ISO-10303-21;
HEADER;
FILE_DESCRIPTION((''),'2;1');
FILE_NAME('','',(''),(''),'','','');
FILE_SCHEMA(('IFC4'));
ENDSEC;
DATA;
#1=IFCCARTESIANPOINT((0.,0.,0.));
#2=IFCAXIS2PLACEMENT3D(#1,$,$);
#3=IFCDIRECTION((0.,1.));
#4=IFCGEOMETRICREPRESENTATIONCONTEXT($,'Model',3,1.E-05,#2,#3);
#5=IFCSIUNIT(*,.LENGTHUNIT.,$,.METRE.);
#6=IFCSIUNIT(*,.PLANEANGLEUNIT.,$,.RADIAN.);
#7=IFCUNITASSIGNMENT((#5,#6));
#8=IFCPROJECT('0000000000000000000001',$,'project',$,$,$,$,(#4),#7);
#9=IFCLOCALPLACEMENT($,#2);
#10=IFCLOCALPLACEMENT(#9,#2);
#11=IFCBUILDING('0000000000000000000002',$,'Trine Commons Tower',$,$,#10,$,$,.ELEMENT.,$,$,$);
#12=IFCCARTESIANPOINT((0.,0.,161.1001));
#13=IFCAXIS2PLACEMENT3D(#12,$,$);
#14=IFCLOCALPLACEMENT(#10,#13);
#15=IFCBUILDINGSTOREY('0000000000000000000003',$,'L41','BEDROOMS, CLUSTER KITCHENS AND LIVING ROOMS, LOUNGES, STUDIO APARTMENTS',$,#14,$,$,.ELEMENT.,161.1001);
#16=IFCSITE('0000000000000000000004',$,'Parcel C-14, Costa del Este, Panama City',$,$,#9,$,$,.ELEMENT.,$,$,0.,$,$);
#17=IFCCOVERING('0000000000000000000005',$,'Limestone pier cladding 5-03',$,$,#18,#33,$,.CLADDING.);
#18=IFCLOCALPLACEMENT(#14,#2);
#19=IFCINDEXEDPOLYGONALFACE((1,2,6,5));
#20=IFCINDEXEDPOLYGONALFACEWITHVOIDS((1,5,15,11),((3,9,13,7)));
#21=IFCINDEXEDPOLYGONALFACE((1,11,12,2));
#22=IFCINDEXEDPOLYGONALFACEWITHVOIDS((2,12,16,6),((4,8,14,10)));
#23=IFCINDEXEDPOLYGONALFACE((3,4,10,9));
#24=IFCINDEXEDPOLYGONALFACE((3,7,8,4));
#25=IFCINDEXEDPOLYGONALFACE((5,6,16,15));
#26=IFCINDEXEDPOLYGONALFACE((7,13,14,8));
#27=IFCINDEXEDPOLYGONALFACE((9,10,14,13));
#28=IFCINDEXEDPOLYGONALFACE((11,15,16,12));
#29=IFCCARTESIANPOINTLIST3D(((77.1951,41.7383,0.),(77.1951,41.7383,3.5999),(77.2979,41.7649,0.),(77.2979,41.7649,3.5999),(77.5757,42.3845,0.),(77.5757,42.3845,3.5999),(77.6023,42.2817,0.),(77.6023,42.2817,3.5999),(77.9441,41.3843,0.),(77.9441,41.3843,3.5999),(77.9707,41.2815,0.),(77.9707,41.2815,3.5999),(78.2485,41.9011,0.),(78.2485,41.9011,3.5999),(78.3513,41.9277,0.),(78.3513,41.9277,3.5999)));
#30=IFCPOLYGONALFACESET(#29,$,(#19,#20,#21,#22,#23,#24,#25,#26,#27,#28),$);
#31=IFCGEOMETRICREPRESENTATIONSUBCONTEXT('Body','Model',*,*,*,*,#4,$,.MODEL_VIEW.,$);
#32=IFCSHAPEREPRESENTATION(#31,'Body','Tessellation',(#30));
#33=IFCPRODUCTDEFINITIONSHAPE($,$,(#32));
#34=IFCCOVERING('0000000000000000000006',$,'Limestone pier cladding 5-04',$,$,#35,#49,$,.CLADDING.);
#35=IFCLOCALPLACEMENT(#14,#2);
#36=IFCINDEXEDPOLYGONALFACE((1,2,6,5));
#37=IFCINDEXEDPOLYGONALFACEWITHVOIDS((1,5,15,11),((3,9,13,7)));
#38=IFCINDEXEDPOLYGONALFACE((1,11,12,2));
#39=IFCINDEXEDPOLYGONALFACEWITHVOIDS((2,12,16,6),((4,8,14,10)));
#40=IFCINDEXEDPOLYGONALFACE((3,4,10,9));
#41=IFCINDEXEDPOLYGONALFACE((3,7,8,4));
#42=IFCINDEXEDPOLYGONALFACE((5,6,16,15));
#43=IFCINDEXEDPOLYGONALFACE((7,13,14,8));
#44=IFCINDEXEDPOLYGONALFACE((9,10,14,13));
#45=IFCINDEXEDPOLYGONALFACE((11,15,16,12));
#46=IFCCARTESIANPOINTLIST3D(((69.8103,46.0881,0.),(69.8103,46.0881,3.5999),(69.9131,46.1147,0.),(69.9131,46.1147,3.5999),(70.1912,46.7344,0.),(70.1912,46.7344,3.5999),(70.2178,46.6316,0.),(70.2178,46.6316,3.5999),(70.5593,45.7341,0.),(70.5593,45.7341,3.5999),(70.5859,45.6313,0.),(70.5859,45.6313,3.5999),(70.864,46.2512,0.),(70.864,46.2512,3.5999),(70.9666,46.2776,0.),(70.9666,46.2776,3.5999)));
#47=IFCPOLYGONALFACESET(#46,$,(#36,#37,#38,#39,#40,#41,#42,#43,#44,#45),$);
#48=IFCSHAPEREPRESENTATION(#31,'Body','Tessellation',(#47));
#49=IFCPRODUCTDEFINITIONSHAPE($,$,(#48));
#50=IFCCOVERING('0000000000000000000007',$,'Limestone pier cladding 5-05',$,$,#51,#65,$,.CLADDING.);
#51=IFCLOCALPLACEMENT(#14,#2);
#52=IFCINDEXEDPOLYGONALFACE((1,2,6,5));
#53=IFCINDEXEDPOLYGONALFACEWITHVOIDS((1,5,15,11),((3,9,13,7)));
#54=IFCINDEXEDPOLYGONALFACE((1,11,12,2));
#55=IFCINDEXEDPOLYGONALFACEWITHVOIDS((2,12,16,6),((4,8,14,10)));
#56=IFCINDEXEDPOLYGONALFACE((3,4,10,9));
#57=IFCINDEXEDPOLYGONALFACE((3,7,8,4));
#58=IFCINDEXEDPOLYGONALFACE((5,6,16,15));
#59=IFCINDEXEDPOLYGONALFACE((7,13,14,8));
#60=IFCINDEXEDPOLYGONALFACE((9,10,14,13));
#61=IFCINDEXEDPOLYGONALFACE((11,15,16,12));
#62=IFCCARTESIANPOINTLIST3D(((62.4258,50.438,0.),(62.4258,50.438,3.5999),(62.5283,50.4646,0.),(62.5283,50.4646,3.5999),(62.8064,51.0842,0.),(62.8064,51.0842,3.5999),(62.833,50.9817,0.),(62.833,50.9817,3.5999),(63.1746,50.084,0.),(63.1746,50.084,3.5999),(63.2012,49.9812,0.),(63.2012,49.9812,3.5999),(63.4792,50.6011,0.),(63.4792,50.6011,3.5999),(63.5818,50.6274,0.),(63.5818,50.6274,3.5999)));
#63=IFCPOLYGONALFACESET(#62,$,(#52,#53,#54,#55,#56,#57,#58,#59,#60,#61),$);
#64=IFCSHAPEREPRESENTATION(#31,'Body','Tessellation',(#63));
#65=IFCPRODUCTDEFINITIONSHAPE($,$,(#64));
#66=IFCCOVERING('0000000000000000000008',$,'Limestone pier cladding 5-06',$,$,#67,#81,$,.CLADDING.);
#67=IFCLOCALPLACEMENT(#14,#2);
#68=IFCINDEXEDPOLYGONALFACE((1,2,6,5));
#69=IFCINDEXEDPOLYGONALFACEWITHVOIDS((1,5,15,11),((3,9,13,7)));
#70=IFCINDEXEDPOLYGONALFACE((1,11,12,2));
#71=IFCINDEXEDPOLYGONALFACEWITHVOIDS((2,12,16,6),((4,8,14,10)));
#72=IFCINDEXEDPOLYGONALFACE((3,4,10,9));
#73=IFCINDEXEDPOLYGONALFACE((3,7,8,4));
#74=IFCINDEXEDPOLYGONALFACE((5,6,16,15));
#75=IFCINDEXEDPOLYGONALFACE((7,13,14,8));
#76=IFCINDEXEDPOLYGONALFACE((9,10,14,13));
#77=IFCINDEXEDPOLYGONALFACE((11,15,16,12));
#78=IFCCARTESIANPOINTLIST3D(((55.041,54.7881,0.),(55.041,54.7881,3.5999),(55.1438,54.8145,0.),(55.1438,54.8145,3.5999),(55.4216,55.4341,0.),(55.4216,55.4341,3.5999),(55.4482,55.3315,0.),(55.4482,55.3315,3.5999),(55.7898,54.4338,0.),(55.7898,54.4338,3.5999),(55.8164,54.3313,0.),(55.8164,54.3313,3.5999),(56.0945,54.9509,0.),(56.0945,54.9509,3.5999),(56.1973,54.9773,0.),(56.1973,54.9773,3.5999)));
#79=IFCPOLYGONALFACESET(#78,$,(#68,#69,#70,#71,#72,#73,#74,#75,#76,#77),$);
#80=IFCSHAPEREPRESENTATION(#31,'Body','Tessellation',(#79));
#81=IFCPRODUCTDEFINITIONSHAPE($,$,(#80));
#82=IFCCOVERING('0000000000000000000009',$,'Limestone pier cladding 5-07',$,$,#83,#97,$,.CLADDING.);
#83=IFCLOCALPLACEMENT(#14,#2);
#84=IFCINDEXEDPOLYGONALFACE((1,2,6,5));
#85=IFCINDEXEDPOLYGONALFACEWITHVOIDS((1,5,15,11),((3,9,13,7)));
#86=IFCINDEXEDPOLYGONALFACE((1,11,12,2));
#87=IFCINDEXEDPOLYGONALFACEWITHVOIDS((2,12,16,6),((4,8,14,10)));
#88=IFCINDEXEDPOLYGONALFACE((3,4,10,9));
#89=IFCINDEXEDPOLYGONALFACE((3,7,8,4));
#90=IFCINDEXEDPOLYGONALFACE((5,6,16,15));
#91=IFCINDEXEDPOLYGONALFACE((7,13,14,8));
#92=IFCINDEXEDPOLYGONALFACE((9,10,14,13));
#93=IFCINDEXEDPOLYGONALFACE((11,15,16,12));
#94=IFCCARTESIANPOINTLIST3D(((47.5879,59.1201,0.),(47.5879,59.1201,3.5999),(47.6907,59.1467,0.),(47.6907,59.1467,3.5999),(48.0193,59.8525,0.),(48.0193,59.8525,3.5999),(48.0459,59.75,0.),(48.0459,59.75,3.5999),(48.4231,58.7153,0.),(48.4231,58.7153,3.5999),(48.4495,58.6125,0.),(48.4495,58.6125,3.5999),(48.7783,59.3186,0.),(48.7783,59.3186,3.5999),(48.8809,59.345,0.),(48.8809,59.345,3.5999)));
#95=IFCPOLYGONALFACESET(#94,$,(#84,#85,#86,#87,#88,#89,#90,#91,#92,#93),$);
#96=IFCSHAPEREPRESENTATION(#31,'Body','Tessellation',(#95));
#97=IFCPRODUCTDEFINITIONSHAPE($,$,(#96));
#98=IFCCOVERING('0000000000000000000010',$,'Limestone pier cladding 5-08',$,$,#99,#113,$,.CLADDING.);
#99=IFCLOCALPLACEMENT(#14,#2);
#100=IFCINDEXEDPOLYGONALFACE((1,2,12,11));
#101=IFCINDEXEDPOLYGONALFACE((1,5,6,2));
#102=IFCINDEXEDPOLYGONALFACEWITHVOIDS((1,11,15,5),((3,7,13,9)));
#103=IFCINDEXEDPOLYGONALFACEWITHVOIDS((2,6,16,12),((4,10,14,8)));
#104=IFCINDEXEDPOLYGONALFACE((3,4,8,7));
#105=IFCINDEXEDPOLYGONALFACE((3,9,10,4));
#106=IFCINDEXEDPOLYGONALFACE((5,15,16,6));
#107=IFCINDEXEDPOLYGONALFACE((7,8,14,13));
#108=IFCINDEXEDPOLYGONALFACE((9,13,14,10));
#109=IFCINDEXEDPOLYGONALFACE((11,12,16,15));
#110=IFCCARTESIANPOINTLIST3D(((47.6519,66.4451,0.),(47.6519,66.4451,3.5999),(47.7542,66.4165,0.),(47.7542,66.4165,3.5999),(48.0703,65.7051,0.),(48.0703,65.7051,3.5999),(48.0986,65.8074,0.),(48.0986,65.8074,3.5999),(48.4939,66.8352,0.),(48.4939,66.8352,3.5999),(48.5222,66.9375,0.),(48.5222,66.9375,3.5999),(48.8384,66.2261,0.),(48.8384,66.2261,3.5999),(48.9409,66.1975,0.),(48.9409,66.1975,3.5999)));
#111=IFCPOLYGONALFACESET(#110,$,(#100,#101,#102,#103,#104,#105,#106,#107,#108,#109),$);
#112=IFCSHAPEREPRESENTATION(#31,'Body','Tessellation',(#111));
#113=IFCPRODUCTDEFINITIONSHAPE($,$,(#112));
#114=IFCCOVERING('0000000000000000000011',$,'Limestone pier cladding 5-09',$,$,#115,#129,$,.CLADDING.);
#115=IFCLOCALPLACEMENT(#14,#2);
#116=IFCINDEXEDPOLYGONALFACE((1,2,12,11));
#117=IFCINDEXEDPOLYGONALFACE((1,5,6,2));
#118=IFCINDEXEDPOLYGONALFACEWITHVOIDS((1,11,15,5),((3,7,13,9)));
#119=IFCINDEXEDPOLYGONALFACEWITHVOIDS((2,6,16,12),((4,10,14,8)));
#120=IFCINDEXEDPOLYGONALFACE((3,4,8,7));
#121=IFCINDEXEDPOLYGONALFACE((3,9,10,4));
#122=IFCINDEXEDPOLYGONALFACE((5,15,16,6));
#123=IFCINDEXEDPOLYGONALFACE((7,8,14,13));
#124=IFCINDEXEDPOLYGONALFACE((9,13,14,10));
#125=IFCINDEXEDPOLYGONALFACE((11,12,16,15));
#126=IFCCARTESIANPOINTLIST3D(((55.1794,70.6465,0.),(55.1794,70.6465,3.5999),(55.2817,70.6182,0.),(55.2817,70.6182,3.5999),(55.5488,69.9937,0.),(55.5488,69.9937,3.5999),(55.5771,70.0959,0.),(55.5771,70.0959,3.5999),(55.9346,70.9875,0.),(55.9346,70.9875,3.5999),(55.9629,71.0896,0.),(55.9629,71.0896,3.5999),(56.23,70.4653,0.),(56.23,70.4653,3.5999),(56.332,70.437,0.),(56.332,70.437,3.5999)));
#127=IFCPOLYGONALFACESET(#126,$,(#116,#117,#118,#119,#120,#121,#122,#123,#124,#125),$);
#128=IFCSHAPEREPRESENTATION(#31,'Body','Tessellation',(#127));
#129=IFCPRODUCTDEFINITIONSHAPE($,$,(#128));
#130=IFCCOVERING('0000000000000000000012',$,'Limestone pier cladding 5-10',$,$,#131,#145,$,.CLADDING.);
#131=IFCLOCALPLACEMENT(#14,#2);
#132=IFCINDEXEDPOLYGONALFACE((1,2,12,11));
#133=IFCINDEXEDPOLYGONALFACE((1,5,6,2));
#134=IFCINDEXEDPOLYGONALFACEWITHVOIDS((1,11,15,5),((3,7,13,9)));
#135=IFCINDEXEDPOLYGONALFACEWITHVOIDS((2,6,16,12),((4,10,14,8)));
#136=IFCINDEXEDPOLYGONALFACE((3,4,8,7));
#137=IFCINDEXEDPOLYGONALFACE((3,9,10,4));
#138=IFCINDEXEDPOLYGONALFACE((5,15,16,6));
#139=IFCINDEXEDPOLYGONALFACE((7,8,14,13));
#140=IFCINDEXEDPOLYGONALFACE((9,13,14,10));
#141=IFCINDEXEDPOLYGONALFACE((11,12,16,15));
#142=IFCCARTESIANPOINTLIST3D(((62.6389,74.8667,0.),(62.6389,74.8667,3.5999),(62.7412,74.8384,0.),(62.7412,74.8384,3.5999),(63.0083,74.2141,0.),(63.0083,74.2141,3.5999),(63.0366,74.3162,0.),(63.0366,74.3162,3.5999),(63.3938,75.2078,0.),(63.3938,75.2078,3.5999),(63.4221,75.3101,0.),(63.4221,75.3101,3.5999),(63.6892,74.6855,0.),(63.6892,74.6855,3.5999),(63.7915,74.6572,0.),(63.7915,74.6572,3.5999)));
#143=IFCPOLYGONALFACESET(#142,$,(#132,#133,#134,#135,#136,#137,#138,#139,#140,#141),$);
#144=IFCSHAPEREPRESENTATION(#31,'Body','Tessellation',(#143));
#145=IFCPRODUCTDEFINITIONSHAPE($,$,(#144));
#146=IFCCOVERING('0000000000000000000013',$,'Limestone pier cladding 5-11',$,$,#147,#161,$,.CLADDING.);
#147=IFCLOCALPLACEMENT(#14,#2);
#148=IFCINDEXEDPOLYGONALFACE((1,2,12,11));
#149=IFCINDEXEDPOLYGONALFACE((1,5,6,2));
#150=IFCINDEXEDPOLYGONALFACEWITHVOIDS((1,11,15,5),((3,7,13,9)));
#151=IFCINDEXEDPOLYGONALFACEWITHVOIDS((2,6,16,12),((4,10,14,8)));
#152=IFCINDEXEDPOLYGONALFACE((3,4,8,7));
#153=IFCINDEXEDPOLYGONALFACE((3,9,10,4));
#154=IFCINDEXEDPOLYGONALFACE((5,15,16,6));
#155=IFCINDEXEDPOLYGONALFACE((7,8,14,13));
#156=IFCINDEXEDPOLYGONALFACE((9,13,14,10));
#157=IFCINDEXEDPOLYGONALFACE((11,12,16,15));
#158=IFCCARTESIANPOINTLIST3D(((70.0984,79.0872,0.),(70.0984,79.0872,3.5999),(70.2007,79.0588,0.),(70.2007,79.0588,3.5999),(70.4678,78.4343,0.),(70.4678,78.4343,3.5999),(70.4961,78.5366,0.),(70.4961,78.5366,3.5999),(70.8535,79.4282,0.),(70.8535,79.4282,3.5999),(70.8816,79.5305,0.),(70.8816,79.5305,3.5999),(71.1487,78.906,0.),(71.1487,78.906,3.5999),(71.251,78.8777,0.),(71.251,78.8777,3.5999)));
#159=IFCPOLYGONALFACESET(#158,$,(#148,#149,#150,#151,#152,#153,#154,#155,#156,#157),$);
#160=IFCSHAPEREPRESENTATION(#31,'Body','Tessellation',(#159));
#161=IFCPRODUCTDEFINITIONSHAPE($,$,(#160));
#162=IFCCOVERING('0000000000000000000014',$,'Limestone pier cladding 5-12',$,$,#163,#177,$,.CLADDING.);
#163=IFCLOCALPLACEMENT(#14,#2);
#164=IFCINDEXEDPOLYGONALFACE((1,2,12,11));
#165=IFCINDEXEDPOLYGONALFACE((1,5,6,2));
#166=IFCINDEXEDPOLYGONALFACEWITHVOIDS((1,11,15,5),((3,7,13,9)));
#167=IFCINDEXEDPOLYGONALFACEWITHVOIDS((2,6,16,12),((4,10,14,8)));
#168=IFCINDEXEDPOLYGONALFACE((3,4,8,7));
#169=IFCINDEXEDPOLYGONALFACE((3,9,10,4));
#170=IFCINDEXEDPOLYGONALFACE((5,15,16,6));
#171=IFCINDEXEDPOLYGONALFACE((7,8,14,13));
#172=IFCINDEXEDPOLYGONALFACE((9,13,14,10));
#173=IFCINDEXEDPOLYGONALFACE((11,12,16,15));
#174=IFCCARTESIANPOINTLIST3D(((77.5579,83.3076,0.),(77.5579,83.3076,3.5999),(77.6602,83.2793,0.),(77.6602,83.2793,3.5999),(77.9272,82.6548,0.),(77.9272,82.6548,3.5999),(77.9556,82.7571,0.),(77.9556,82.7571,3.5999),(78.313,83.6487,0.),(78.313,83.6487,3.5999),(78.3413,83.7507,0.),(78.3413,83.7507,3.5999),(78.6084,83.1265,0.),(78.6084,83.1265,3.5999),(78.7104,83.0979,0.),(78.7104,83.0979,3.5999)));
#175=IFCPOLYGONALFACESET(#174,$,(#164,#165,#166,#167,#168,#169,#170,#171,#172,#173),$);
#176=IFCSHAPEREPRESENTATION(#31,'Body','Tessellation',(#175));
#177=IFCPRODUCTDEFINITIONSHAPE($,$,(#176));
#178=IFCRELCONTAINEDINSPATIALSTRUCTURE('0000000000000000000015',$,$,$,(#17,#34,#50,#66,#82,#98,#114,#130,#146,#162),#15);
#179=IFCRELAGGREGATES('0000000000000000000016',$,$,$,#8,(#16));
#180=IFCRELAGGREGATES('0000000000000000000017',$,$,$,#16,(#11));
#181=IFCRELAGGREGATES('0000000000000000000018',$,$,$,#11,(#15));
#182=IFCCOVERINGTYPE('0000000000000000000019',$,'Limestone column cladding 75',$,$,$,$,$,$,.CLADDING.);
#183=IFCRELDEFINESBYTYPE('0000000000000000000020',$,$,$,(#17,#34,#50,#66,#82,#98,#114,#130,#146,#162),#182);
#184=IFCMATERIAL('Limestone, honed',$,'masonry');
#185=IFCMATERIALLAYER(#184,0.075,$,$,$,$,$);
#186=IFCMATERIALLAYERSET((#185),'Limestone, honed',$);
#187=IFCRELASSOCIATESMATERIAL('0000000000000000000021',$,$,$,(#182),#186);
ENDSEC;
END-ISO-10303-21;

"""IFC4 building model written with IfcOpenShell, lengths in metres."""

from ifc_helpers import new_model, si_unit, direction, frame, origin, place, context, subcontext, project, spatial, polyline, outline, extrude, material, layer, layer_set, type_object, element, save


model = new_model("IFC4")

# Units and contexts
model_context = context("Model", 3, precision=1e-05, world=origin(), true_north=direction((0.0, 1.0)))
body_context = subcontext(model_context, "Body", "Model", "MODEL_VIEW")
ifc_project = project(units=[si_unit("LENGTHUNIT", "METRE"), si_unit("PLANEANGLEUNIT", "RADIAN")], contexts=[model_context])

# Site, building, storey
site_placement = place(None, origin())
site = spatial("IfcSite", under=ifc_project, at=site_placement, Name="Parcel C-14, Costa del Este, Panama City", CompositionType="ELEMENT", RefElevation=0.0)
building_placement = place(site_placement, origin())
building = spatial("IfcBuilding", under=site, at=building_placement, Name="Trine Commons Tower", CompositionType="ELEMENT")
storey_placement = place(building_placement, frame((0.0, 0.0, 161.1001)))
storey = spatial("IfcBuildingStorey", under=building, at=storey_placement, Name="L41", Description="BEDROOMS, CLUSTER KITCHENS AND LIVING ROOMS, LOUNGES, STUDIO APARTMENTS", CompositionType="ELEMENT", Elevation=161.1001)

# Coverings
ifc_material_1 = material(Name="Limestone, honed", Category="masonry")
ifc_layer_1 = layer(ifc_material_1, 0.075)
ifc_layer_set_1 = layer_set([ifc_layer_1], Name="Limestone, honed")
covering_type = type_object("IfcCoveringType", Name="Limestone column cladding 75", PredefinedType="CLADDING", material=ifc_layer_set_1)
covering_1_placement = place(storey_placement, origin())
element("IfcCovering", 1, at=covering_1_placement, inside=storey, type_object=covering_type, Name="Limestone pier cladding 5-03", PredefinedType="CLADDING", context=body_context, shape_type="SweptSolid", body=[
    extrude(outline(polyline([(77.5757, 42.3845), (77.1951, 41.7383), (77.9707, 41.2815), (78.3513, 41.9277), (77.5757, 42.3845)]), holes=[polyline([(77.6023, 42.2817), (77.2979, 41.7649), (77.9441, 41.3843), (78.2485, 41.9011), (77.6023, 42.2817)])]), origin(), (0.0, 0.0, 1.0), 3.5999),
])
covering_2_placement = place(storey_placement, origin())
element("IfcCovering", 2, at=covering_2_placement, inside=storey, type_object=covering_type, Name="Limestone pier cladding 5-04", PredefinedType="CLADDING", context=body_context, shape_type="SweptSolid", body=[
    extrude(outline(polyline([(70.1912, 46.7344), (69.8103, 46.0881), (70.5859, 45.6313), (70.9666, 46.2776), (70.1912, 46.7344)]), holes=[polyline([(70.2178, 46.6316), (69.9131, 46.1147), (70.5593, 45.7341), (70.864, 46.2512), (70.2178, 46.6316)])]), origin(), (0.0, 0.0, 1.0), 3.5999),
])
covering_3_placement = place(storey_placement, origin())
element("IfcCovering", 3, at=covering_3_placement, inside=storey, type_object=covering_type, Name="Limestone pier cladding 5-05", PredefinedType="CLADDING", context=body_context, shape_type="SweptSolid", body=[
    extrude(outline(polyline([(62.8064, 51.0842), (62.4258, 50.438), (63.2012, 49.9812), (63.5818, 50.6274), (62.8064, 51.0842)]), holes=[polyline([(62.833, 50.9817), (62.5283, 50.4646), (63.1746, 50.084), (63.4792, 50.6011), (62.833, 50.9817)])]), origin(), (0.0, 0.0, 1.0), 3.5999),
])
covering_4_placement = place(storey_placement, origin())
element("IfcCovering", 4, at=covering_4_placement, inside=storey, type_object=covering_type, Name="Limestone pier cladding 5-06", PredefinedType="CLADDING", context=body_context, shape_type="SweptSolid", body=[
    extrude(outline(polyline([(55.4216, 55.4341), (55.041, 54.7881), (55.8164, 54.3313), (56.1973, 54.9773), (55.4216, 55.4341)]), holes=[polyline([(55.4482, 55.3315), (55.1438, 54.8145), (55.7898, 54.4338), (56.0945, 54.9509), (55.4482, 55.3315)])]), origin(), (0.0, 0.0, 1.0), 3.5999),
])
covering_5_placement = place(storey_placement, origin())
element("IfcCovering", 5, at=covering_5_placement, inside=storey, type_object=covering_type, Name="Limestone pier cladding 5-07", PredefinedType="CLADDING", context=body_context, shape_type="SweptSolid", body=[
    extrude(outline(polyline([(48.0193, 59.8525), (47.5879, 59.1201), (48.4495, 58.6125), (48.8809, 59.345), (48.0193, 59.8525)]), holes=[polyline([(48.0459, 59.75), (47.6907, 59.1467), (48.4231, 58.7153), (48.7783, 59.3186), (48.0459, 59.75)])]), origin(), (0.0, 0.0, 1.0), 3.5999),
])
covering_6_placement = place(storey_placement, origin())
element("IfcCovering", 6, at=covering_6_placement, inside=storey, type_object=covering_type, Name="Limestone pier cladding 5-08", PredefinedType="CLADDING", context=body_context, shape_type="SweptSolid", body=[
    extrude(outline(polyline([(48.9409, 66.1975), (48.5222, 66.9375), (47.6519, 66.4451), (48.0703, 65.7051), (48.9409, 66.1975)]), holes=[polyline([(48.8384, 66.2261), (48.4939, 66.8352), (47.7542, 66.4165), (48.0986, 65.8074), (48.8384, 66.2261)])]), origin(), (0.0, 0.0, 1.0), 3.5999),
])
covering_7_placement = place(storey_placement, origin())
element("IfcCovering", 7, at=covering_7_placement, inside=storey, type_object=covering_type, Name="Limestone pier cladding 5-09", PredefinedType="CLADDING", context=body_context, shape_type="SweptSolid", body=[
    extrude(outline(polyline([(56.332, 70.437), (55.9629, 71.0896), (55.1794, 70.6465), (55.5488, 69.9937), (56.332, 70.437)]), holes=[polyline([(56.23, 70.4653), (55.9346, 70.9875), (55.2817, 70.6182), (55.5771, 70.0959), (56.23, 70.4653)])]), origin(), (0.0, 0.0, 1.0), 3.5999),
])
covering_8_placement = place(storey_placement, origin())
element("IfcCovering", 8, at=covering_8_placement, inside=storey, type_object=covering_type, Name="Limestone pier cladding 5-10", PredefinedType="CLADDING", context=body_context, shape_type="SweptSolid", body=[
    extrude(outline(polyline([(63.7915, 74.6572), (63.4221, 75.3101), (62.6389, 74.8667), (63.0083, 74.2141), (63.7915, 74.6572)]), holes=[polyline([(63.6892, 74.6855), (63.3938, 75.2078), (62.7412, 74.8384), (63.0366, 74.3162), (63.6892, 74.6855)])]), origin(), (0.0, 0.0, 1.0), 3.5999),
])
covering_9_placement = place(storey_placement, origin())
element("IfcCovering", 9, at=covering_9_placement, inside=storey, type_object=covering_type, Name="Limestone pier cladding 5-11", PredefinedType="CLADDING", context=body_context, shape_type="SweptSolid", body=[
    extrude(outline(polyline([(71.251, 78.8777), (70.8816, 79.5305), (70.0984, 79.0872), (70.4678, 78.4343), (71.251, 78.8777)]), holes=[polyline([(71.1487, 78.906), (70.8535, 79.4282), (70.2007, 79.0588), (70.4961, 78.5366), (71.1487, 78.906)])]), origin(), (0.0, 0.0, 1.0), 3.5999),
])
covering_10_placement = place(storey_placement, origin())
element("IfcCovering", 10, at=covering_10_placement, inside=storey, type_object=covering_type, Name="Limestone pier cladding 5-12", PredefinedType="CLADDING", context=body_context, shape_type="SweptSolid", body=[
    extrude(outline(polyline([(78.7104, 83.0979), (78.3413, 83.7507), (77.5579, 83.3076), (77.9272, 82.6548), (78.7104, 83.0979)]), holes=[polyline([(78.6084, 83.1265), (78.313, 83.6487), (77.6602, 83.2793), (77.9556, 82.7571), (78.6084, 83.1265)])]), origin(), (0.0, 0.0, 1.0), 3.5999),
])

save(model, "model.ifc")
